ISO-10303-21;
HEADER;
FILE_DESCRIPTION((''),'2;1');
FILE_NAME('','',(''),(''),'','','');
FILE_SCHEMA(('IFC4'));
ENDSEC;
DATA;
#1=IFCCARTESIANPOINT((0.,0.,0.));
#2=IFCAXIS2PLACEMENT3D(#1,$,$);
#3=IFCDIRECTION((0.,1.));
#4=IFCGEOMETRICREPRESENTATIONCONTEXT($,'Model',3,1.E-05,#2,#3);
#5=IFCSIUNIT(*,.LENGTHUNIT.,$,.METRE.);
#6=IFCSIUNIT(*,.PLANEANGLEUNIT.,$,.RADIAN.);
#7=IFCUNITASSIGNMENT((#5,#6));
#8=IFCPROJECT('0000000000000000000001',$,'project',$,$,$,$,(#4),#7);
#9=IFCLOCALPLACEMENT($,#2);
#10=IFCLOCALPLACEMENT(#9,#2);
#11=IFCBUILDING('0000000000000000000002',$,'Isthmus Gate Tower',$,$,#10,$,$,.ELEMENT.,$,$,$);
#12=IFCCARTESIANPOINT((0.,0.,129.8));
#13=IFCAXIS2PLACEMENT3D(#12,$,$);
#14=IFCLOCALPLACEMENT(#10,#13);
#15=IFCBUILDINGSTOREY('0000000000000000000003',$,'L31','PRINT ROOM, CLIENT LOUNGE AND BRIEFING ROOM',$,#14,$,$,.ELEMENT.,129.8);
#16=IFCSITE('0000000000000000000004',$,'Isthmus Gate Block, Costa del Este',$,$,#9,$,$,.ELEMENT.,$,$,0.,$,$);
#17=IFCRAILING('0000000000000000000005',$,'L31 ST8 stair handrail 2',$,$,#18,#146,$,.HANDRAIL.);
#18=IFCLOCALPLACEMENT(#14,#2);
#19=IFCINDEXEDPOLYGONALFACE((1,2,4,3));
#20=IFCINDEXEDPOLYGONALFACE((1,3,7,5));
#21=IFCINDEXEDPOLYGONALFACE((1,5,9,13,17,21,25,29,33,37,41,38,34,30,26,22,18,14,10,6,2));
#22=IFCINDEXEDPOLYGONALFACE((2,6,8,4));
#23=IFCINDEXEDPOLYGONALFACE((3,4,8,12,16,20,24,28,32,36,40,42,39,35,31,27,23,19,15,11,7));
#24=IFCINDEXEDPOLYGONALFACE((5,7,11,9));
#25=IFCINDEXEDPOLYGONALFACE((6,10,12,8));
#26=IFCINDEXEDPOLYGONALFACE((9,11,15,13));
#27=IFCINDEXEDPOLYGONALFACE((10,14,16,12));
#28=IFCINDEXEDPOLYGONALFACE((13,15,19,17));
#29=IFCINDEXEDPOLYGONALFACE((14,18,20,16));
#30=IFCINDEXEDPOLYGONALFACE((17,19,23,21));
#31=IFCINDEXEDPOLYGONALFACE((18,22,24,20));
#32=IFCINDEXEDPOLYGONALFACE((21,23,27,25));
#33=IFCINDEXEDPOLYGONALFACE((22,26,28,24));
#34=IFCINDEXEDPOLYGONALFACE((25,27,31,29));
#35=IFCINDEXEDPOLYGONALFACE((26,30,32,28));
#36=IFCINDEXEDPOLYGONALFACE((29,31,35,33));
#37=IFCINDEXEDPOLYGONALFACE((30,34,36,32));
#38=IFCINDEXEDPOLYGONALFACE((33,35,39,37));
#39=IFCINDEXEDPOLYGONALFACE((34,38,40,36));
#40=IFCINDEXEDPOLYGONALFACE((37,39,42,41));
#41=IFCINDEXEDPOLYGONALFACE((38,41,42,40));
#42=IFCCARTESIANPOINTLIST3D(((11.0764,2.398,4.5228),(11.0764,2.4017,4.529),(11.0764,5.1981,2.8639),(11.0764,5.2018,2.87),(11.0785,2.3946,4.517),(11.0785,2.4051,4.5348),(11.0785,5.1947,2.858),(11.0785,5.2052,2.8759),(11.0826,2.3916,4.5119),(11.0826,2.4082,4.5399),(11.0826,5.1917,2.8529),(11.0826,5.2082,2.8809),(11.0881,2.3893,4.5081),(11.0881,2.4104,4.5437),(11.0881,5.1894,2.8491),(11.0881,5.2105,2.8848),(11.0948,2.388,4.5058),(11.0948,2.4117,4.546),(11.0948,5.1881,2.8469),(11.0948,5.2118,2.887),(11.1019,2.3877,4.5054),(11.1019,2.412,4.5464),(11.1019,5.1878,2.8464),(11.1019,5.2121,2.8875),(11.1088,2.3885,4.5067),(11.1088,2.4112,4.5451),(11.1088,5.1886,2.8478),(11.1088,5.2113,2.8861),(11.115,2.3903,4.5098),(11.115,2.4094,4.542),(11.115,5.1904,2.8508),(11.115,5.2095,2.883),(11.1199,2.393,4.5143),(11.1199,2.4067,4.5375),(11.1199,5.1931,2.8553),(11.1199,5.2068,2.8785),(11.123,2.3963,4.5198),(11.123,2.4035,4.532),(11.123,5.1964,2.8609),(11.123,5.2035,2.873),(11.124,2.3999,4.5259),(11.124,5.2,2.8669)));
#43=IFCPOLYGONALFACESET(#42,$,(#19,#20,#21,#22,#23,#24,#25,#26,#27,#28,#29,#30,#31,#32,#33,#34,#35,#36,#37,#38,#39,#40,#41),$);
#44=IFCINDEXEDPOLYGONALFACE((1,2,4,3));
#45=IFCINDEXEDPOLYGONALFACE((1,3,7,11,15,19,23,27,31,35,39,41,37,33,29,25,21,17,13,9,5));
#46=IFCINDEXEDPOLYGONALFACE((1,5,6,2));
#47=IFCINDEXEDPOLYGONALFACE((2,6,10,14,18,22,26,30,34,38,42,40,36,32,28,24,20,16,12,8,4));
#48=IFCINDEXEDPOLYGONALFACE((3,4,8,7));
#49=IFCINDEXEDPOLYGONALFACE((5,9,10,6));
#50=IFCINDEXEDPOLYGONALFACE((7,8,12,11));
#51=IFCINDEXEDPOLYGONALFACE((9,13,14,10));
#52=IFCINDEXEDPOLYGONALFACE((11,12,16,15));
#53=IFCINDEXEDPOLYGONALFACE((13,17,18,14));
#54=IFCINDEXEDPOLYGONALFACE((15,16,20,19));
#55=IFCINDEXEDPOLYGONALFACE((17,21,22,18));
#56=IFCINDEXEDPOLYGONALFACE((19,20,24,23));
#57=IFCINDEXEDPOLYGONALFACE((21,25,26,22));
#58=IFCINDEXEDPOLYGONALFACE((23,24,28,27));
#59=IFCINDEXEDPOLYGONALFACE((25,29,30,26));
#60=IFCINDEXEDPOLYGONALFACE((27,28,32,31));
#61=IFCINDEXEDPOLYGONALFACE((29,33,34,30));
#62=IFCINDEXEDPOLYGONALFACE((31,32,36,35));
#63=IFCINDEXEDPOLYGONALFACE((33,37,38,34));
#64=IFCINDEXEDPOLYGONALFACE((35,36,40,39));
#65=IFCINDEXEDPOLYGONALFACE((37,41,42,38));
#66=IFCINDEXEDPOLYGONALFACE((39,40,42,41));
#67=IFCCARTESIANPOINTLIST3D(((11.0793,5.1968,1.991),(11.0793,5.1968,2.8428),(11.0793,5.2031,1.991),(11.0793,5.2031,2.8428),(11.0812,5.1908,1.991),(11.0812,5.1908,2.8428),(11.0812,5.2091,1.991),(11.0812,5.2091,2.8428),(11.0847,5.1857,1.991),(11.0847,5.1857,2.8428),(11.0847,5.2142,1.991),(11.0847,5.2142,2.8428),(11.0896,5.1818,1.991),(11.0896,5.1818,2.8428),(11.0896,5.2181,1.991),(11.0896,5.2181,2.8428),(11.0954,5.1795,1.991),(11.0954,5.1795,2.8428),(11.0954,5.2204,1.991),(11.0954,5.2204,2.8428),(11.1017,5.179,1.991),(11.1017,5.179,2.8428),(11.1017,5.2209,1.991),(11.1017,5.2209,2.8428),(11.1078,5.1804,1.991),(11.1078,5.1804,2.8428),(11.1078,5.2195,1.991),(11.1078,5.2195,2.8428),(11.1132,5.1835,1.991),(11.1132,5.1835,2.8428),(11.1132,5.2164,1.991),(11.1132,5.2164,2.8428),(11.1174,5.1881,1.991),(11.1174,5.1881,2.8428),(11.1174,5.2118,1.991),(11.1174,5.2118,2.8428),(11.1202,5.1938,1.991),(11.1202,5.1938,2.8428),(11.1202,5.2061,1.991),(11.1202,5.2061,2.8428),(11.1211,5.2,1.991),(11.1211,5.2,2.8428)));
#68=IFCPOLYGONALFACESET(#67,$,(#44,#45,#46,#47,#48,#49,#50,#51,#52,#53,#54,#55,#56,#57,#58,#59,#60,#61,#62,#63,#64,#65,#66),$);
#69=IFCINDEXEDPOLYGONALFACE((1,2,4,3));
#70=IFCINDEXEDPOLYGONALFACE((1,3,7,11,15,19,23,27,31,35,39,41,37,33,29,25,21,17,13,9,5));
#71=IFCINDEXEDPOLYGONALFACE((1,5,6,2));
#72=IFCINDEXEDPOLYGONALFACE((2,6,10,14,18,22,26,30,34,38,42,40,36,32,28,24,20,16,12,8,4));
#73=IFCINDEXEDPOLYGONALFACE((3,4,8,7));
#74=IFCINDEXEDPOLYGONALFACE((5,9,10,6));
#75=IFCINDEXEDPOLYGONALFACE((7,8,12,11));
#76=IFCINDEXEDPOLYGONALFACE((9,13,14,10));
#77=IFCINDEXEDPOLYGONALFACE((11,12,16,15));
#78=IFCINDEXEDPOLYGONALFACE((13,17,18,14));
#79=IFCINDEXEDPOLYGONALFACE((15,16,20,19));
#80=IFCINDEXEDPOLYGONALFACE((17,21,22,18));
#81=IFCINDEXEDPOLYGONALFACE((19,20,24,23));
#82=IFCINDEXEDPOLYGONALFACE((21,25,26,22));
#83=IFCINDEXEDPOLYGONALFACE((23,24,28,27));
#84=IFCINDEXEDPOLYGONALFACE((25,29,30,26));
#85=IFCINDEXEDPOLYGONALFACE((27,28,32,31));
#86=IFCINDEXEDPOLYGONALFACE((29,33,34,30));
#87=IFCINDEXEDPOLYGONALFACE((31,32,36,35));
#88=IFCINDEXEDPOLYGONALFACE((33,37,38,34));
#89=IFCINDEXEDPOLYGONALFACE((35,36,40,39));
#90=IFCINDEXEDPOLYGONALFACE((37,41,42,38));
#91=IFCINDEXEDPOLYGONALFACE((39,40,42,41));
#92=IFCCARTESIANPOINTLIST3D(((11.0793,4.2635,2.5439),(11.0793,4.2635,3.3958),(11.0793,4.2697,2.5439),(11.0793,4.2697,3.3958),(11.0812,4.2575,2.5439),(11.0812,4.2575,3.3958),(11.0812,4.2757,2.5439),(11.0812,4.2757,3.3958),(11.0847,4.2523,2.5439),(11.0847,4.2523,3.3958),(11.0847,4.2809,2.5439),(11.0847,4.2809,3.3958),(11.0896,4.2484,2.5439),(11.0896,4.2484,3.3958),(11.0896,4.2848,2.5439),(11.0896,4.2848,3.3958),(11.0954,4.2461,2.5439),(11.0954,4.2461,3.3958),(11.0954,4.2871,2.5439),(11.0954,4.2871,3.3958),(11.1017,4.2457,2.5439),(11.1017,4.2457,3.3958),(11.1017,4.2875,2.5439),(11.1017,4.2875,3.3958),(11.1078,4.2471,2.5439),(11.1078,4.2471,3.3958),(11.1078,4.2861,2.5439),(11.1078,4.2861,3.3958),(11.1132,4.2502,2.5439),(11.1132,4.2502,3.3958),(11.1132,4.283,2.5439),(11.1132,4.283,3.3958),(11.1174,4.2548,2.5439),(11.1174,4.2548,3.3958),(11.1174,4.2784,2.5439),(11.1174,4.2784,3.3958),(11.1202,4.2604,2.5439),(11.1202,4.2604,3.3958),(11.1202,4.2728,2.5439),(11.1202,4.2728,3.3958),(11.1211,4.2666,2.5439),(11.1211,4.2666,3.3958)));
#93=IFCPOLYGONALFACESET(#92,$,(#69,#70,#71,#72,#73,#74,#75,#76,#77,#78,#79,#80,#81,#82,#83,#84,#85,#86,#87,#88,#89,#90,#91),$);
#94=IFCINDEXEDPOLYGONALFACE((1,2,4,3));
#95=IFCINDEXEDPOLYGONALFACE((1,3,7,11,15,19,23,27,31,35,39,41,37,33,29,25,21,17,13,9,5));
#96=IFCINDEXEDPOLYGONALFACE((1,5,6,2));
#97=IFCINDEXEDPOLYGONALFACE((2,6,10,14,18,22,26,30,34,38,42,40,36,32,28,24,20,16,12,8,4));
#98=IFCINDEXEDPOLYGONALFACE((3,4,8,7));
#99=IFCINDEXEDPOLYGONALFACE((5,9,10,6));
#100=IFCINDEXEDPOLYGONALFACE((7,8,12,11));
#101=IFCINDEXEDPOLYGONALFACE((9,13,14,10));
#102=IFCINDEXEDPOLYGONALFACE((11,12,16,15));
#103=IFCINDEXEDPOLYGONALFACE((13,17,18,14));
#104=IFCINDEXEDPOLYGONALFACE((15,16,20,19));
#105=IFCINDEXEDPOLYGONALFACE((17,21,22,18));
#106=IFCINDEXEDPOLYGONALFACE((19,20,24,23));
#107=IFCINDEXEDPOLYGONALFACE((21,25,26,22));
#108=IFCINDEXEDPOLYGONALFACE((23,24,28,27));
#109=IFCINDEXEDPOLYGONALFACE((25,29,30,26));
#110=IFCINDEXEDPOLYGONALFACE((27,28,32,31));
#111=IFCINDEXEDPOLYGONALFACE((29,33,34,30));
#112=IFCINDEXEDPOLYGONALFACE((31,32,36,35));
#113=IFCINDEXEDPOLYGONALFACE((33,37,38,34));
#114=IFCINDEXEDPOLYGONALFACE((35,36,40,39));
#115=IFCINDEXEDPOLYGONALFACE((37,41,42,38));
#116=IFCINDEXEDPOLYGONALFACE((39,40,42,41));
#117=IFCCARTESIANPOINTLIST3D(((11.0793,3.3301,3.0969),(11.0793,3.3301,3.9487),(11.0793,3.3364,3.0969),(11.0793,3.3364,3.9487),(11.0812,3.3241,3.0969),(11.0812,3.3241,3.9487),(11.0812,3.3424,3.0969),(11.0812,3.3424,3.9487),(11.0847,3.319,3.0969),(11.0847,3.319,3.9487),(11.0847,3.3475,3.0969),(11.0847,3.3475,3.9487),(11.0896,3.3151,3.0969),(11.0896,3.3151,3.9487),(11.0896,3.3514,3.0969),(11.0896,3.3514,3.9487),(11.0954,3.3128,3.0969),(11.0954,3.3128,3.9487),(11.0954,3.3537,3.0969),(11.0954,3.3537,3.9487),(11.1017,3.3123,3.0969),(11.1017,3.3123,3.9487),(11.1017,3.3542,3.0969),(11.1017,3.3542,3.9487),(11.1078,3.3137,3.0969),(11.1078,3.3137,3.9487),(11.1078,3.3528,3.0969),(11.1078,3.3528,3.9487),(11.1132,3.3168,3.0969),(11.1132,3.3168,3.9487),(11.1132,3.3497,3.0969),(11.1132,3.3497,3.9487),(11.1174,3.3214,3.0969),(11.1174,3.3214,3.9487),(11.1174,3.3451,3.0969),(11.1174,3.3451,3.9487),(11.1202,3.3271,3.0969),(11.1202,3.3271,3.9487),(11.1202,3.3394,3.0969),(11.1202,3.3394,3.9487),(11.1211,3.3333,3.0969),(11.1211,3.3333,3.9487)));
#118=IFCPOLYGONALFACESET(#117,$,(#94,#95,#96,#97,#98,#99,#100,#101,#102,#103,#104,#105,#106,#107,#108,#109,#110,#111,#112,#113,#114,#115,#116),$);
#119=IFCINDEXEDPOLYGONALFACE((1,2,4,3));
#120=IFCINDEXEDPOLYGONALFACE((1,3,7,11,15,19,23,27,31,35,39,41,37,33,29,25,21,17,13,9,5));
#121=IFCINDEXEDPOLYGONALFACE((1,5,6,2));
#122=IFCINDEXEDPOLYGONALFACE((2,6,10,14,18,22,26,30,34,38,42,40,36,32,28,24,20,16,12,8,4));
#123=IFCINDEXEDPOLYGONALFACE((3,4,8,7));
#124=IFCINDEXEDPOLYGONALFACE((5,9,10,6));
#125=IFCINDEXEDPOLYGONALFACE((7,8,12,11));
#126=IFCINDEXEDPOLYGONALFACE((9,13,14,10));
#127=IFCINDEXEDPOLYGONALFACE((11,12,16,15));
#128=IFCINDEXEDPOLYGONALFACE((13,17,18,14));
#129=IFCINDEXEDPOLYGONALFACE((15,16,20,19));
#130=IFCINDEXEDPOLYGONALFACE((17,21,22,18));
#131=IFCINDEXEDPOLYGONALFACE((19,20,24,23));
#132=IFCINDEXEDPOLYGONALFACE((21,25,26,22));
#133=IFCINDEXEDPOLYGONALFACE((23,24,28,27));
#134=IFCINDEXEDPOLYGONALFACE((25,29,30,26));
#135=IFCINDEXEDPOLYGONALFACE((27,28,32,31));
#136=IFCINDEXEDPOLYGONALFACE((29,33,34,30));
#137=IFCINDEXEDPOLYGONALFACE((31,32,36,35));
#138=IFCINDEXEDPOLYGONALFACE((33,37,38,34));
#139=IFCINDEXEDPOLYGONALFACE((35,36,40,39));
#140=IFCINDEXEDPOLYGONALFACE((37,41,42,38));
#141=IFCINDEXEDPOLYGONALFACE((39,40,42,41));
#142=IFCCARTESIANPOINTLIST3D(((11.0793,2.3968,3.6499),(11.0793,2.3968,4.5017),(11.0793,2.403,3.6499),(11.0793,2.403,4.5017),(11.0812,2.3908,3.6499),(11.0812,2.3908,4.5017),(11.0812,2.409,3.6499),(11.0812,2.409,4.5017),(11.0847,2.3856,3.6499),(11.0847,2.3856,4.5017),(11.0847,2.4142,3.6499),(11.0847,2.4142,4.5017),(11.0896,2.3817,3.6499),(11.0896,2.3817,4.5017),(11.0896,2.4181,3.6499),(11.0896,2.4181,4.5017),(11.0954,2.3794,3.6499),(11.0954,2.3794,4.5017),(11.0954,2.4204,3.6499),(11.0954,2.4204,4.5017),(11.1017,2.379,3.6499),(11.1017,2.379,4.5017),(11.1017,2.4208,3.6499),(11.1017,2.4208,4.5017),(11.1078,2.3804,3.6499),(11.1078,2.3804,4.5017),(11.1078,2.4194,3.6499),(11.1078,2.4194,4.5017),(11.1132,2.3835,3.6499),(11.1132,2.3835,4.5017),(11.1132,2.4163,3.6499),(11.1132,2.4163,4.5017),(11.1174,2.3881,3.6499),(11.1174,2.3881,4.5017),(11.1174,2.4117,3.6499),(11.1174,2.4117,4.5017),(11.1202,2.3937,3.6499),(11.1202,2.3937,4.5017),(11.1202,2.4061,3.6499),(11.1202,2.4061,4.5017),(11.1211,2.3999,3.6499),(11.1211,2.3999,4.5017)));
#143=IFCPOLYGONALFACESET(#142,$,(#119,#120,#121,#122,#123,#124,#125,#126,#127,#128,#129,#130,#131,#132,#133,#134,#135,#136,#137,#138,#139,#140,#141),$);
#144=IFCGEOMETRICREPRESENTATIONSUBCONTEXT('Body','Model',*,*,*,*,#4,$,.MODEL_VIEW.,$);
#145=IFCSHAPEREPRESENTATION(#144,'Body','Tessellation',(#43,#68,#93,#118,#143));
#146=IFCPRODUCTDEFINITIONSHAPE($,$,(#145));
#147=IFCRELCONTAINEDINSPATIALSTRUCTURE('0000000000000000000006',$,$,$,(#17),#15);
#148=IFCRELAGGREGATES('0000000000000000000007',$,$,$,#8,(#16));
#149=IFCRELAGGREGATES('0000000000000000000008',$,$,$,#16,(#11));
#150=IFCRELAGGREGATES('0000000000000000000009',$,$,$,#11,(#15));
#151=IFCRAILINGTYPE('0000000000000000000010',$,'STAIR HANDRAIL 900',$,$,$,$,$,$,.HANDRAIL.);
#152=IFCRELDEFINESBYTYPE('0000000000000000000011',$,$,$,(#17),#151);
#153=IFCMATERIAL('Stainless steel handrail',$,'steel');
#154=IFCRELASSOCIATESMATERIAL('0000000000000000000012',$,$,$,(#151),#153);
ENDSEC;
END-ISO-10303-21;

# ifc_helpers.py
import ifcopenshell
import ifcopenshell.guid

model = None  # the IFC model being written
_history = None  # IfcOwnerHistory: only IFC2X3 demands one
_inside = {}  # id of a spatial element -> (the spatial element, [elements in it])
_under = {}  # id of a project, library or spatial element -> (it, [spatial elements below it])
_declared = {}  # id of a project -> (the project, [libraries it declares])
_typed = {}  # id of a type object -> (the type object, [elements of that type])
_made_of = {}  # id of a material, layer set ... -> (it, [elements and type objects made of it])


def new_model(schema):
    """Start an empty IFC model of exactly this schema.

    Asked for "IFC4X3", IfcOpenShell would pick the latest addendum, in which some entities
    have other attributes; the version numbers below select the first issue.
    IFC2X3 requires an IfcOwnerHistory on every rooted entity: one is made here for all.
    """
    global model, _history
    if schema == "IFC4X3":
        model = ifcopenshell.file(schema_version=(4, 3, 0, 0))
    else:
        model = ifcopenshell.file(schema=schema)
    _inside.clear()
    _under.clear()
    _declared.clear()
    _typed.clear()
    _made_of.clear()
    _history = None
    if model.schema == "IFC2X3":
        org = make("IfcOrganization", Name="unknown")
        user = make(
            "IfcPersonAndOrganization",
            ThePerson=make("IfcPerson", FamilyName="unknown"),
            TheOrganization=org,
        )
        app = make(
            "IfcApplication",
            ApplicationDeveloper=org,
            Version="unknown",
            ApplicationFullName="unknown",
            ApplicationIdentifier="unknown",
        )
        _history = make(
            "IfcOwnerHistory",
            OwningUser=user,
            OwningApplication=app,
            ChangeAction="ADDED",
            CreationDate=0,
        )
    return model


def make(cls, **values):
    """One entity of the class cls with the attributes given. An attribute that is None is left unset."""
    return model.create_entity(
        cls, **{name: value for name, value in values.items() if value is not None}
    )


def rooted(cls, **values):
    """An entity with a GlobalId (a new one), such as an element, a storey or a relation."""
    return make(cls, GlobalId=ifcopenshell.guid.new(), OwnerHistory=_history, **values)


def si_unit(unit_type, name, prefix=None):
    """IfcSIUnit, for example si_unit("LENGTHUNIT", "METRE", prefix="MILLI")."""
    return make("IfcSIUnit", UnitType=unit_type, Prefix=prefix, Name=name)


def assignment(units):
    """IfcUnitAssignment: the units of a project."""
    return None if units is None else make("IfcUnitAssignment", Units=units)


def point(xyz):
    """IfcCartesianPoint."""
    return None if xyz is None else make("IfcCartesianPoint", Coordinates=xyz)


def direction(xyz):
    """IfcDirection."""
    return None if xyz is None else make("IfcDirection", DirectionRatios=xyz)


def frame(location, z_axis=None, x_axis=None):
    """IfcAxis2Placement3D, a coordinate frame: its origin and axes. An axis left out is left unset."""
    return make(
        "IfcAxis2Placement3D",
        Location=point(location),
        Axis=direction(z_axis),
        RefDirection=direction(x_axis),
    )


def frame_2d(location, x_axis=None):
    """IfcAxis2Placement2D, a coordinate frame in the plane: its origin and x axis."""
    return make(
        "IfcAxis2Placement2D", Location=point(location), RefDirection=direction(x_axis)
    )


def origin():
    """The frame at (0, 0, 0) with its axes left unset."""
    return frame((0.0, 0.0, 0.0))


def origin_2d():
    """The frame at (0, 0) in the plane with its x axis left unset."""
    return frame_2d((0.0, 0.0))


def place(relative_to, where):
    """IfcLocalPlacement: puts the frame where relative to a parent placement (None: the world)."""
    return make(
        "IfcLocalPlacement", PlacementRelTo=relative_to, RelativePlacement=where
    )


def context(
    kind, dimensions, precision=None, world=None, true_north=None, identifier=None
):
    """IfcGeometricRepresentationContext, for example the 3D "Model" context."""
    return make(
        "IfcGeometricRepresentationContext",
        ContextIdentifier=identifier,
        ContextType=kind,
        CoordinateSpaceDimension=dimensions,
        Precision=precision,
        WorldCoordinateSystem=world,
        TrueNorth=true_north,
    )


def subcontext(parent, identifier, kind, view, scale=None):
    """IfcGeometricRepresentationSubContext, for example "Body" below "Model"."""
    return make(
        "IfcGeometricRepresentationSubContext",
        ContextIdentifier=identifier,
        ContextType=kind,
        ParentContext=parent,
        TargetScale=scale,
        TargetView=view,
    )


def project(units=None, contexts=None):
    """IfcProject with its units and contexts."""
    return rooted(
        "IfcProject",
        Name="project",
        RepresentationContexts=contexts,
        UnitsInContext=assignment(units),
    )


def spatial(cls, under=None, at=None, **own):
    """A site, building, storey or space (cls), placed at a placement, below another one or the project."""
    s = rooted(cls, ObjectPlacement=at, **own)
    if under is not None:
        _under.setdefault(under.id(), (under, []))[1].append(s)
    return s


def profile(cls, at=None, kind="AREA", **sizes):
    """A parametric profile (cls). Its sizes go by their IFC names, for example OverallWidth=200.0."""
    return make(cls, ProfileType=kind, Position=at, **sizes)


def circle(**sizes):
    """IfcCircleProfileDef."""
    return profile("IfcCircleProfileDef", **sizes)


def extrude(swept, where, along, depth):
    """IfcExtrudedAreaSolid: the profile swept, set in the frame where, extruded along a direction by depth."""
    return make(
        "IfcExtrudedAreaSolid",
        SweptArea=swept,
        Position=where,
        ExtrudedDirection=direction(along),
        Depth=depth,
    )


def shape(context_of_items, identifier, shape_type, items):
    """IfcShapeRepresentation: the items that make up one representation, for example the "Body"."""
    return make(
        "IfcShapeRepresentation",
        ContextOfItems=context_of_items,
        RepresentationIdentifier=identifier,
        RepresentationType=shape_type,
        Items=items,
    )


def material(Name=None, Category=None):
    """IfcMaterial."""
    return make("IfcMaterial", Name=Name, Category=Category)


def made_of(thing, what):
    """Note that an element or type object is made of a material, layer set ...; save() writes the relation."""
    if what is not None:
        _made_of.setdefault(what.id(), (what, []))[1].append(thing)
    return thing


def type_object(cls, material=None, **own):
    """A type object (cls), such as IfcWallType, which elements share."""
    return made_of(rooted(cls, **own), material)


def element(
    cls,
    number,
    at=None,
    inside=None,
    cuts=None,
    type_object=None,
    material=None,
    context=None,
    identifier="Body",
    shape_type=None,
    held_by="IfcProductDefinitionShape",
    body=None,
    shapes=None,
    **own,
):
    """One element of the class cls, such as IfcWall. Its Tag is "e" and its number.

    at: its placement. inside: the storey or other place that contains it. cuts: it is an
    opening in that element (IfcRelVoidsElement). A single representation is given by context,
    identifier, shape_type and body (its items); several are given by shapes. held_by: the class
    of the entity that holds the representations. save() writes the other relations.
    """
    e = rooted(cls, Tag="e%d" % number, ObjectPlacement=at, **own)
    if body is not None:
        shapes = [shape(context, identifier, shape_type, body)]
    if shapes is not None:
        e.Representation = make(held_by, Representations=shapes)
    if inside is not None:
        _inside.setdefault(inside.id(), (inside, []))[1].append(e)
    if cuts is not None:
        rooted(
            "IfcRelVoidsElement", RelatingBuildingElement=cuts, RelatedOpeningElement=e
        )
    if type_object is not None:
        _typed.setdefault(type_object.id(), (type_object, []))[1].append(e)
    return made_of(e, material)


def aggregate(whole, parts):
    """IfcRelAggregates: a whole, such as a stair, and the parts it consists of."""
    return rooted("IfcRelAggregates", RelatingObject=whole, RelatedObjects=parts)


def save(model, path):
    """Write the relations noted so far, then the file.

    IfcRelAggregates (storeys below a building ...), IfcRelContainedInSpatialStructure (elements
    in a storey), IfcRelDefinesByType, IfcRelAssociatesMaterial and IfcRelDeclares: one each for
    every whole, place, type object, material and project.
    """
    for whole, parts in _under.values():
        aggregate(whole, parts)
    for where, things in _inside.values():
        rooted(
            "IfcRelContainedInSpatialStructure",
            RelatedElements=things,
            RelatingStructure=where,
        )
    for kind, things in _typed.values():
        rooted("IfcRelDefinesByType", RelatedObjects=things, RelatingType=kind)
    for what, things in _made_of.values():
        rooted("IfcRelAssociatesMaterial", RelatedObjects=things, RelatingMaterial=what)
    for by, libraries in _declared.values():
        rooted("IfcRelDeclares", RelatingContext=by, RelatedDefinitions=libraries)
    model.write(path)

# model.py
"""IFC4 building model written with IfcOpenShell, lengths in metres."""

from ifc_helpers import new_model, si_unit, direction, frame, origin, origin_2d, place, context, subcontext, project, spatial, circle, extrude, material, type_object, element, save


model = new_model("IFC4")

# Units and contexts
model_context = context("Model", 3, precision=1e-05, world=origin(), true_north=direction((0.0, 1.0)))
body_context = subcontext(model_context, "Body", "Model", "MODEL_VIEW")
ifc_project = project(units=[si_unit("LENGTHUNIT", "METRE"), si_unit("PLANEANGLEUNIT", "RADIAN")], contexts=[model_context])

# Site, building, storey
site_placement = place(None, origin())
site = spatial("IfcSite", under=ifc_project, at=site_placement, Name="Isthmus Gate Block, Costa del Este", CompositionType="ELEMENT", RefElevation=0.0)
building_placement = place(site_placement, origin())
building = spatial("IfcBuilding", under=site, at=building_placement, Name="Isthmus Gate Tower", CompositionType="ELEMENT")
storey_placement = place(building_placement, frame((0.0, 0.0, 129.8)))
storey = spatial("IfcBuildingStorey", under=building, at=storey_placement, Name="L31", Description="PRINT ROOM, CLIENT LOUNGE AND BRIEFING ROOM", CompositionType="ELEMENT", Elevation=129.8)

# Railing
ifc_material_1 = material(Name="Stainless steel handrail", Category="steel")
railing_type_1 = type_object("IfcRailingType", Name="STAIR HANDRAIL 900", PredefinedType="HANDRAIL", material=ifc_material_1)
railing_1_placement = place(storey_placement, frame((11.1001, 5.2, 1.991)))
element("IfcRailing", 1, at=railing_1_placement, inside=storey, type_object=railing_type_1, Name="L31 ST8 stair handrail 2", PredefinedType="HANDRAIL", context=body_context, shape_type="SweptSolid", body=[
    extrude(circle(Radius=0.0239, at=origin_2d()), frame((0.0, 0.0, 0.876), z_axis=(0.0, -0.860339, 0.509722), x_axis=(1.0, 0.0, 0.0)), (0.0, 0.0, 1.0), 3.2546),
    extrude(circle(Radius=0.021, at=origin_2d()), origin(), (0.0, 0.0, 1.0), 0.8518),
    extrude(circle(Radius=0.021, at=origin_2d()), frame((0.0, -0.9333, 0.553)), (0.0, 0.0, 1.0), 0.8518),
    extrude(circle(Radius=0.021, at=origin_2d()), frame((0.0, -1.8667, 1.106)), (0.0, 0.0, 1.0), 0.8518),
    extrude(circle(Radius=0.021, at=origin_2d()), frame((0.0, -2.8, 1.6589)), (0.0, 0.0, 1.0), 0.8518),
])

save(model, "model.ifc")
